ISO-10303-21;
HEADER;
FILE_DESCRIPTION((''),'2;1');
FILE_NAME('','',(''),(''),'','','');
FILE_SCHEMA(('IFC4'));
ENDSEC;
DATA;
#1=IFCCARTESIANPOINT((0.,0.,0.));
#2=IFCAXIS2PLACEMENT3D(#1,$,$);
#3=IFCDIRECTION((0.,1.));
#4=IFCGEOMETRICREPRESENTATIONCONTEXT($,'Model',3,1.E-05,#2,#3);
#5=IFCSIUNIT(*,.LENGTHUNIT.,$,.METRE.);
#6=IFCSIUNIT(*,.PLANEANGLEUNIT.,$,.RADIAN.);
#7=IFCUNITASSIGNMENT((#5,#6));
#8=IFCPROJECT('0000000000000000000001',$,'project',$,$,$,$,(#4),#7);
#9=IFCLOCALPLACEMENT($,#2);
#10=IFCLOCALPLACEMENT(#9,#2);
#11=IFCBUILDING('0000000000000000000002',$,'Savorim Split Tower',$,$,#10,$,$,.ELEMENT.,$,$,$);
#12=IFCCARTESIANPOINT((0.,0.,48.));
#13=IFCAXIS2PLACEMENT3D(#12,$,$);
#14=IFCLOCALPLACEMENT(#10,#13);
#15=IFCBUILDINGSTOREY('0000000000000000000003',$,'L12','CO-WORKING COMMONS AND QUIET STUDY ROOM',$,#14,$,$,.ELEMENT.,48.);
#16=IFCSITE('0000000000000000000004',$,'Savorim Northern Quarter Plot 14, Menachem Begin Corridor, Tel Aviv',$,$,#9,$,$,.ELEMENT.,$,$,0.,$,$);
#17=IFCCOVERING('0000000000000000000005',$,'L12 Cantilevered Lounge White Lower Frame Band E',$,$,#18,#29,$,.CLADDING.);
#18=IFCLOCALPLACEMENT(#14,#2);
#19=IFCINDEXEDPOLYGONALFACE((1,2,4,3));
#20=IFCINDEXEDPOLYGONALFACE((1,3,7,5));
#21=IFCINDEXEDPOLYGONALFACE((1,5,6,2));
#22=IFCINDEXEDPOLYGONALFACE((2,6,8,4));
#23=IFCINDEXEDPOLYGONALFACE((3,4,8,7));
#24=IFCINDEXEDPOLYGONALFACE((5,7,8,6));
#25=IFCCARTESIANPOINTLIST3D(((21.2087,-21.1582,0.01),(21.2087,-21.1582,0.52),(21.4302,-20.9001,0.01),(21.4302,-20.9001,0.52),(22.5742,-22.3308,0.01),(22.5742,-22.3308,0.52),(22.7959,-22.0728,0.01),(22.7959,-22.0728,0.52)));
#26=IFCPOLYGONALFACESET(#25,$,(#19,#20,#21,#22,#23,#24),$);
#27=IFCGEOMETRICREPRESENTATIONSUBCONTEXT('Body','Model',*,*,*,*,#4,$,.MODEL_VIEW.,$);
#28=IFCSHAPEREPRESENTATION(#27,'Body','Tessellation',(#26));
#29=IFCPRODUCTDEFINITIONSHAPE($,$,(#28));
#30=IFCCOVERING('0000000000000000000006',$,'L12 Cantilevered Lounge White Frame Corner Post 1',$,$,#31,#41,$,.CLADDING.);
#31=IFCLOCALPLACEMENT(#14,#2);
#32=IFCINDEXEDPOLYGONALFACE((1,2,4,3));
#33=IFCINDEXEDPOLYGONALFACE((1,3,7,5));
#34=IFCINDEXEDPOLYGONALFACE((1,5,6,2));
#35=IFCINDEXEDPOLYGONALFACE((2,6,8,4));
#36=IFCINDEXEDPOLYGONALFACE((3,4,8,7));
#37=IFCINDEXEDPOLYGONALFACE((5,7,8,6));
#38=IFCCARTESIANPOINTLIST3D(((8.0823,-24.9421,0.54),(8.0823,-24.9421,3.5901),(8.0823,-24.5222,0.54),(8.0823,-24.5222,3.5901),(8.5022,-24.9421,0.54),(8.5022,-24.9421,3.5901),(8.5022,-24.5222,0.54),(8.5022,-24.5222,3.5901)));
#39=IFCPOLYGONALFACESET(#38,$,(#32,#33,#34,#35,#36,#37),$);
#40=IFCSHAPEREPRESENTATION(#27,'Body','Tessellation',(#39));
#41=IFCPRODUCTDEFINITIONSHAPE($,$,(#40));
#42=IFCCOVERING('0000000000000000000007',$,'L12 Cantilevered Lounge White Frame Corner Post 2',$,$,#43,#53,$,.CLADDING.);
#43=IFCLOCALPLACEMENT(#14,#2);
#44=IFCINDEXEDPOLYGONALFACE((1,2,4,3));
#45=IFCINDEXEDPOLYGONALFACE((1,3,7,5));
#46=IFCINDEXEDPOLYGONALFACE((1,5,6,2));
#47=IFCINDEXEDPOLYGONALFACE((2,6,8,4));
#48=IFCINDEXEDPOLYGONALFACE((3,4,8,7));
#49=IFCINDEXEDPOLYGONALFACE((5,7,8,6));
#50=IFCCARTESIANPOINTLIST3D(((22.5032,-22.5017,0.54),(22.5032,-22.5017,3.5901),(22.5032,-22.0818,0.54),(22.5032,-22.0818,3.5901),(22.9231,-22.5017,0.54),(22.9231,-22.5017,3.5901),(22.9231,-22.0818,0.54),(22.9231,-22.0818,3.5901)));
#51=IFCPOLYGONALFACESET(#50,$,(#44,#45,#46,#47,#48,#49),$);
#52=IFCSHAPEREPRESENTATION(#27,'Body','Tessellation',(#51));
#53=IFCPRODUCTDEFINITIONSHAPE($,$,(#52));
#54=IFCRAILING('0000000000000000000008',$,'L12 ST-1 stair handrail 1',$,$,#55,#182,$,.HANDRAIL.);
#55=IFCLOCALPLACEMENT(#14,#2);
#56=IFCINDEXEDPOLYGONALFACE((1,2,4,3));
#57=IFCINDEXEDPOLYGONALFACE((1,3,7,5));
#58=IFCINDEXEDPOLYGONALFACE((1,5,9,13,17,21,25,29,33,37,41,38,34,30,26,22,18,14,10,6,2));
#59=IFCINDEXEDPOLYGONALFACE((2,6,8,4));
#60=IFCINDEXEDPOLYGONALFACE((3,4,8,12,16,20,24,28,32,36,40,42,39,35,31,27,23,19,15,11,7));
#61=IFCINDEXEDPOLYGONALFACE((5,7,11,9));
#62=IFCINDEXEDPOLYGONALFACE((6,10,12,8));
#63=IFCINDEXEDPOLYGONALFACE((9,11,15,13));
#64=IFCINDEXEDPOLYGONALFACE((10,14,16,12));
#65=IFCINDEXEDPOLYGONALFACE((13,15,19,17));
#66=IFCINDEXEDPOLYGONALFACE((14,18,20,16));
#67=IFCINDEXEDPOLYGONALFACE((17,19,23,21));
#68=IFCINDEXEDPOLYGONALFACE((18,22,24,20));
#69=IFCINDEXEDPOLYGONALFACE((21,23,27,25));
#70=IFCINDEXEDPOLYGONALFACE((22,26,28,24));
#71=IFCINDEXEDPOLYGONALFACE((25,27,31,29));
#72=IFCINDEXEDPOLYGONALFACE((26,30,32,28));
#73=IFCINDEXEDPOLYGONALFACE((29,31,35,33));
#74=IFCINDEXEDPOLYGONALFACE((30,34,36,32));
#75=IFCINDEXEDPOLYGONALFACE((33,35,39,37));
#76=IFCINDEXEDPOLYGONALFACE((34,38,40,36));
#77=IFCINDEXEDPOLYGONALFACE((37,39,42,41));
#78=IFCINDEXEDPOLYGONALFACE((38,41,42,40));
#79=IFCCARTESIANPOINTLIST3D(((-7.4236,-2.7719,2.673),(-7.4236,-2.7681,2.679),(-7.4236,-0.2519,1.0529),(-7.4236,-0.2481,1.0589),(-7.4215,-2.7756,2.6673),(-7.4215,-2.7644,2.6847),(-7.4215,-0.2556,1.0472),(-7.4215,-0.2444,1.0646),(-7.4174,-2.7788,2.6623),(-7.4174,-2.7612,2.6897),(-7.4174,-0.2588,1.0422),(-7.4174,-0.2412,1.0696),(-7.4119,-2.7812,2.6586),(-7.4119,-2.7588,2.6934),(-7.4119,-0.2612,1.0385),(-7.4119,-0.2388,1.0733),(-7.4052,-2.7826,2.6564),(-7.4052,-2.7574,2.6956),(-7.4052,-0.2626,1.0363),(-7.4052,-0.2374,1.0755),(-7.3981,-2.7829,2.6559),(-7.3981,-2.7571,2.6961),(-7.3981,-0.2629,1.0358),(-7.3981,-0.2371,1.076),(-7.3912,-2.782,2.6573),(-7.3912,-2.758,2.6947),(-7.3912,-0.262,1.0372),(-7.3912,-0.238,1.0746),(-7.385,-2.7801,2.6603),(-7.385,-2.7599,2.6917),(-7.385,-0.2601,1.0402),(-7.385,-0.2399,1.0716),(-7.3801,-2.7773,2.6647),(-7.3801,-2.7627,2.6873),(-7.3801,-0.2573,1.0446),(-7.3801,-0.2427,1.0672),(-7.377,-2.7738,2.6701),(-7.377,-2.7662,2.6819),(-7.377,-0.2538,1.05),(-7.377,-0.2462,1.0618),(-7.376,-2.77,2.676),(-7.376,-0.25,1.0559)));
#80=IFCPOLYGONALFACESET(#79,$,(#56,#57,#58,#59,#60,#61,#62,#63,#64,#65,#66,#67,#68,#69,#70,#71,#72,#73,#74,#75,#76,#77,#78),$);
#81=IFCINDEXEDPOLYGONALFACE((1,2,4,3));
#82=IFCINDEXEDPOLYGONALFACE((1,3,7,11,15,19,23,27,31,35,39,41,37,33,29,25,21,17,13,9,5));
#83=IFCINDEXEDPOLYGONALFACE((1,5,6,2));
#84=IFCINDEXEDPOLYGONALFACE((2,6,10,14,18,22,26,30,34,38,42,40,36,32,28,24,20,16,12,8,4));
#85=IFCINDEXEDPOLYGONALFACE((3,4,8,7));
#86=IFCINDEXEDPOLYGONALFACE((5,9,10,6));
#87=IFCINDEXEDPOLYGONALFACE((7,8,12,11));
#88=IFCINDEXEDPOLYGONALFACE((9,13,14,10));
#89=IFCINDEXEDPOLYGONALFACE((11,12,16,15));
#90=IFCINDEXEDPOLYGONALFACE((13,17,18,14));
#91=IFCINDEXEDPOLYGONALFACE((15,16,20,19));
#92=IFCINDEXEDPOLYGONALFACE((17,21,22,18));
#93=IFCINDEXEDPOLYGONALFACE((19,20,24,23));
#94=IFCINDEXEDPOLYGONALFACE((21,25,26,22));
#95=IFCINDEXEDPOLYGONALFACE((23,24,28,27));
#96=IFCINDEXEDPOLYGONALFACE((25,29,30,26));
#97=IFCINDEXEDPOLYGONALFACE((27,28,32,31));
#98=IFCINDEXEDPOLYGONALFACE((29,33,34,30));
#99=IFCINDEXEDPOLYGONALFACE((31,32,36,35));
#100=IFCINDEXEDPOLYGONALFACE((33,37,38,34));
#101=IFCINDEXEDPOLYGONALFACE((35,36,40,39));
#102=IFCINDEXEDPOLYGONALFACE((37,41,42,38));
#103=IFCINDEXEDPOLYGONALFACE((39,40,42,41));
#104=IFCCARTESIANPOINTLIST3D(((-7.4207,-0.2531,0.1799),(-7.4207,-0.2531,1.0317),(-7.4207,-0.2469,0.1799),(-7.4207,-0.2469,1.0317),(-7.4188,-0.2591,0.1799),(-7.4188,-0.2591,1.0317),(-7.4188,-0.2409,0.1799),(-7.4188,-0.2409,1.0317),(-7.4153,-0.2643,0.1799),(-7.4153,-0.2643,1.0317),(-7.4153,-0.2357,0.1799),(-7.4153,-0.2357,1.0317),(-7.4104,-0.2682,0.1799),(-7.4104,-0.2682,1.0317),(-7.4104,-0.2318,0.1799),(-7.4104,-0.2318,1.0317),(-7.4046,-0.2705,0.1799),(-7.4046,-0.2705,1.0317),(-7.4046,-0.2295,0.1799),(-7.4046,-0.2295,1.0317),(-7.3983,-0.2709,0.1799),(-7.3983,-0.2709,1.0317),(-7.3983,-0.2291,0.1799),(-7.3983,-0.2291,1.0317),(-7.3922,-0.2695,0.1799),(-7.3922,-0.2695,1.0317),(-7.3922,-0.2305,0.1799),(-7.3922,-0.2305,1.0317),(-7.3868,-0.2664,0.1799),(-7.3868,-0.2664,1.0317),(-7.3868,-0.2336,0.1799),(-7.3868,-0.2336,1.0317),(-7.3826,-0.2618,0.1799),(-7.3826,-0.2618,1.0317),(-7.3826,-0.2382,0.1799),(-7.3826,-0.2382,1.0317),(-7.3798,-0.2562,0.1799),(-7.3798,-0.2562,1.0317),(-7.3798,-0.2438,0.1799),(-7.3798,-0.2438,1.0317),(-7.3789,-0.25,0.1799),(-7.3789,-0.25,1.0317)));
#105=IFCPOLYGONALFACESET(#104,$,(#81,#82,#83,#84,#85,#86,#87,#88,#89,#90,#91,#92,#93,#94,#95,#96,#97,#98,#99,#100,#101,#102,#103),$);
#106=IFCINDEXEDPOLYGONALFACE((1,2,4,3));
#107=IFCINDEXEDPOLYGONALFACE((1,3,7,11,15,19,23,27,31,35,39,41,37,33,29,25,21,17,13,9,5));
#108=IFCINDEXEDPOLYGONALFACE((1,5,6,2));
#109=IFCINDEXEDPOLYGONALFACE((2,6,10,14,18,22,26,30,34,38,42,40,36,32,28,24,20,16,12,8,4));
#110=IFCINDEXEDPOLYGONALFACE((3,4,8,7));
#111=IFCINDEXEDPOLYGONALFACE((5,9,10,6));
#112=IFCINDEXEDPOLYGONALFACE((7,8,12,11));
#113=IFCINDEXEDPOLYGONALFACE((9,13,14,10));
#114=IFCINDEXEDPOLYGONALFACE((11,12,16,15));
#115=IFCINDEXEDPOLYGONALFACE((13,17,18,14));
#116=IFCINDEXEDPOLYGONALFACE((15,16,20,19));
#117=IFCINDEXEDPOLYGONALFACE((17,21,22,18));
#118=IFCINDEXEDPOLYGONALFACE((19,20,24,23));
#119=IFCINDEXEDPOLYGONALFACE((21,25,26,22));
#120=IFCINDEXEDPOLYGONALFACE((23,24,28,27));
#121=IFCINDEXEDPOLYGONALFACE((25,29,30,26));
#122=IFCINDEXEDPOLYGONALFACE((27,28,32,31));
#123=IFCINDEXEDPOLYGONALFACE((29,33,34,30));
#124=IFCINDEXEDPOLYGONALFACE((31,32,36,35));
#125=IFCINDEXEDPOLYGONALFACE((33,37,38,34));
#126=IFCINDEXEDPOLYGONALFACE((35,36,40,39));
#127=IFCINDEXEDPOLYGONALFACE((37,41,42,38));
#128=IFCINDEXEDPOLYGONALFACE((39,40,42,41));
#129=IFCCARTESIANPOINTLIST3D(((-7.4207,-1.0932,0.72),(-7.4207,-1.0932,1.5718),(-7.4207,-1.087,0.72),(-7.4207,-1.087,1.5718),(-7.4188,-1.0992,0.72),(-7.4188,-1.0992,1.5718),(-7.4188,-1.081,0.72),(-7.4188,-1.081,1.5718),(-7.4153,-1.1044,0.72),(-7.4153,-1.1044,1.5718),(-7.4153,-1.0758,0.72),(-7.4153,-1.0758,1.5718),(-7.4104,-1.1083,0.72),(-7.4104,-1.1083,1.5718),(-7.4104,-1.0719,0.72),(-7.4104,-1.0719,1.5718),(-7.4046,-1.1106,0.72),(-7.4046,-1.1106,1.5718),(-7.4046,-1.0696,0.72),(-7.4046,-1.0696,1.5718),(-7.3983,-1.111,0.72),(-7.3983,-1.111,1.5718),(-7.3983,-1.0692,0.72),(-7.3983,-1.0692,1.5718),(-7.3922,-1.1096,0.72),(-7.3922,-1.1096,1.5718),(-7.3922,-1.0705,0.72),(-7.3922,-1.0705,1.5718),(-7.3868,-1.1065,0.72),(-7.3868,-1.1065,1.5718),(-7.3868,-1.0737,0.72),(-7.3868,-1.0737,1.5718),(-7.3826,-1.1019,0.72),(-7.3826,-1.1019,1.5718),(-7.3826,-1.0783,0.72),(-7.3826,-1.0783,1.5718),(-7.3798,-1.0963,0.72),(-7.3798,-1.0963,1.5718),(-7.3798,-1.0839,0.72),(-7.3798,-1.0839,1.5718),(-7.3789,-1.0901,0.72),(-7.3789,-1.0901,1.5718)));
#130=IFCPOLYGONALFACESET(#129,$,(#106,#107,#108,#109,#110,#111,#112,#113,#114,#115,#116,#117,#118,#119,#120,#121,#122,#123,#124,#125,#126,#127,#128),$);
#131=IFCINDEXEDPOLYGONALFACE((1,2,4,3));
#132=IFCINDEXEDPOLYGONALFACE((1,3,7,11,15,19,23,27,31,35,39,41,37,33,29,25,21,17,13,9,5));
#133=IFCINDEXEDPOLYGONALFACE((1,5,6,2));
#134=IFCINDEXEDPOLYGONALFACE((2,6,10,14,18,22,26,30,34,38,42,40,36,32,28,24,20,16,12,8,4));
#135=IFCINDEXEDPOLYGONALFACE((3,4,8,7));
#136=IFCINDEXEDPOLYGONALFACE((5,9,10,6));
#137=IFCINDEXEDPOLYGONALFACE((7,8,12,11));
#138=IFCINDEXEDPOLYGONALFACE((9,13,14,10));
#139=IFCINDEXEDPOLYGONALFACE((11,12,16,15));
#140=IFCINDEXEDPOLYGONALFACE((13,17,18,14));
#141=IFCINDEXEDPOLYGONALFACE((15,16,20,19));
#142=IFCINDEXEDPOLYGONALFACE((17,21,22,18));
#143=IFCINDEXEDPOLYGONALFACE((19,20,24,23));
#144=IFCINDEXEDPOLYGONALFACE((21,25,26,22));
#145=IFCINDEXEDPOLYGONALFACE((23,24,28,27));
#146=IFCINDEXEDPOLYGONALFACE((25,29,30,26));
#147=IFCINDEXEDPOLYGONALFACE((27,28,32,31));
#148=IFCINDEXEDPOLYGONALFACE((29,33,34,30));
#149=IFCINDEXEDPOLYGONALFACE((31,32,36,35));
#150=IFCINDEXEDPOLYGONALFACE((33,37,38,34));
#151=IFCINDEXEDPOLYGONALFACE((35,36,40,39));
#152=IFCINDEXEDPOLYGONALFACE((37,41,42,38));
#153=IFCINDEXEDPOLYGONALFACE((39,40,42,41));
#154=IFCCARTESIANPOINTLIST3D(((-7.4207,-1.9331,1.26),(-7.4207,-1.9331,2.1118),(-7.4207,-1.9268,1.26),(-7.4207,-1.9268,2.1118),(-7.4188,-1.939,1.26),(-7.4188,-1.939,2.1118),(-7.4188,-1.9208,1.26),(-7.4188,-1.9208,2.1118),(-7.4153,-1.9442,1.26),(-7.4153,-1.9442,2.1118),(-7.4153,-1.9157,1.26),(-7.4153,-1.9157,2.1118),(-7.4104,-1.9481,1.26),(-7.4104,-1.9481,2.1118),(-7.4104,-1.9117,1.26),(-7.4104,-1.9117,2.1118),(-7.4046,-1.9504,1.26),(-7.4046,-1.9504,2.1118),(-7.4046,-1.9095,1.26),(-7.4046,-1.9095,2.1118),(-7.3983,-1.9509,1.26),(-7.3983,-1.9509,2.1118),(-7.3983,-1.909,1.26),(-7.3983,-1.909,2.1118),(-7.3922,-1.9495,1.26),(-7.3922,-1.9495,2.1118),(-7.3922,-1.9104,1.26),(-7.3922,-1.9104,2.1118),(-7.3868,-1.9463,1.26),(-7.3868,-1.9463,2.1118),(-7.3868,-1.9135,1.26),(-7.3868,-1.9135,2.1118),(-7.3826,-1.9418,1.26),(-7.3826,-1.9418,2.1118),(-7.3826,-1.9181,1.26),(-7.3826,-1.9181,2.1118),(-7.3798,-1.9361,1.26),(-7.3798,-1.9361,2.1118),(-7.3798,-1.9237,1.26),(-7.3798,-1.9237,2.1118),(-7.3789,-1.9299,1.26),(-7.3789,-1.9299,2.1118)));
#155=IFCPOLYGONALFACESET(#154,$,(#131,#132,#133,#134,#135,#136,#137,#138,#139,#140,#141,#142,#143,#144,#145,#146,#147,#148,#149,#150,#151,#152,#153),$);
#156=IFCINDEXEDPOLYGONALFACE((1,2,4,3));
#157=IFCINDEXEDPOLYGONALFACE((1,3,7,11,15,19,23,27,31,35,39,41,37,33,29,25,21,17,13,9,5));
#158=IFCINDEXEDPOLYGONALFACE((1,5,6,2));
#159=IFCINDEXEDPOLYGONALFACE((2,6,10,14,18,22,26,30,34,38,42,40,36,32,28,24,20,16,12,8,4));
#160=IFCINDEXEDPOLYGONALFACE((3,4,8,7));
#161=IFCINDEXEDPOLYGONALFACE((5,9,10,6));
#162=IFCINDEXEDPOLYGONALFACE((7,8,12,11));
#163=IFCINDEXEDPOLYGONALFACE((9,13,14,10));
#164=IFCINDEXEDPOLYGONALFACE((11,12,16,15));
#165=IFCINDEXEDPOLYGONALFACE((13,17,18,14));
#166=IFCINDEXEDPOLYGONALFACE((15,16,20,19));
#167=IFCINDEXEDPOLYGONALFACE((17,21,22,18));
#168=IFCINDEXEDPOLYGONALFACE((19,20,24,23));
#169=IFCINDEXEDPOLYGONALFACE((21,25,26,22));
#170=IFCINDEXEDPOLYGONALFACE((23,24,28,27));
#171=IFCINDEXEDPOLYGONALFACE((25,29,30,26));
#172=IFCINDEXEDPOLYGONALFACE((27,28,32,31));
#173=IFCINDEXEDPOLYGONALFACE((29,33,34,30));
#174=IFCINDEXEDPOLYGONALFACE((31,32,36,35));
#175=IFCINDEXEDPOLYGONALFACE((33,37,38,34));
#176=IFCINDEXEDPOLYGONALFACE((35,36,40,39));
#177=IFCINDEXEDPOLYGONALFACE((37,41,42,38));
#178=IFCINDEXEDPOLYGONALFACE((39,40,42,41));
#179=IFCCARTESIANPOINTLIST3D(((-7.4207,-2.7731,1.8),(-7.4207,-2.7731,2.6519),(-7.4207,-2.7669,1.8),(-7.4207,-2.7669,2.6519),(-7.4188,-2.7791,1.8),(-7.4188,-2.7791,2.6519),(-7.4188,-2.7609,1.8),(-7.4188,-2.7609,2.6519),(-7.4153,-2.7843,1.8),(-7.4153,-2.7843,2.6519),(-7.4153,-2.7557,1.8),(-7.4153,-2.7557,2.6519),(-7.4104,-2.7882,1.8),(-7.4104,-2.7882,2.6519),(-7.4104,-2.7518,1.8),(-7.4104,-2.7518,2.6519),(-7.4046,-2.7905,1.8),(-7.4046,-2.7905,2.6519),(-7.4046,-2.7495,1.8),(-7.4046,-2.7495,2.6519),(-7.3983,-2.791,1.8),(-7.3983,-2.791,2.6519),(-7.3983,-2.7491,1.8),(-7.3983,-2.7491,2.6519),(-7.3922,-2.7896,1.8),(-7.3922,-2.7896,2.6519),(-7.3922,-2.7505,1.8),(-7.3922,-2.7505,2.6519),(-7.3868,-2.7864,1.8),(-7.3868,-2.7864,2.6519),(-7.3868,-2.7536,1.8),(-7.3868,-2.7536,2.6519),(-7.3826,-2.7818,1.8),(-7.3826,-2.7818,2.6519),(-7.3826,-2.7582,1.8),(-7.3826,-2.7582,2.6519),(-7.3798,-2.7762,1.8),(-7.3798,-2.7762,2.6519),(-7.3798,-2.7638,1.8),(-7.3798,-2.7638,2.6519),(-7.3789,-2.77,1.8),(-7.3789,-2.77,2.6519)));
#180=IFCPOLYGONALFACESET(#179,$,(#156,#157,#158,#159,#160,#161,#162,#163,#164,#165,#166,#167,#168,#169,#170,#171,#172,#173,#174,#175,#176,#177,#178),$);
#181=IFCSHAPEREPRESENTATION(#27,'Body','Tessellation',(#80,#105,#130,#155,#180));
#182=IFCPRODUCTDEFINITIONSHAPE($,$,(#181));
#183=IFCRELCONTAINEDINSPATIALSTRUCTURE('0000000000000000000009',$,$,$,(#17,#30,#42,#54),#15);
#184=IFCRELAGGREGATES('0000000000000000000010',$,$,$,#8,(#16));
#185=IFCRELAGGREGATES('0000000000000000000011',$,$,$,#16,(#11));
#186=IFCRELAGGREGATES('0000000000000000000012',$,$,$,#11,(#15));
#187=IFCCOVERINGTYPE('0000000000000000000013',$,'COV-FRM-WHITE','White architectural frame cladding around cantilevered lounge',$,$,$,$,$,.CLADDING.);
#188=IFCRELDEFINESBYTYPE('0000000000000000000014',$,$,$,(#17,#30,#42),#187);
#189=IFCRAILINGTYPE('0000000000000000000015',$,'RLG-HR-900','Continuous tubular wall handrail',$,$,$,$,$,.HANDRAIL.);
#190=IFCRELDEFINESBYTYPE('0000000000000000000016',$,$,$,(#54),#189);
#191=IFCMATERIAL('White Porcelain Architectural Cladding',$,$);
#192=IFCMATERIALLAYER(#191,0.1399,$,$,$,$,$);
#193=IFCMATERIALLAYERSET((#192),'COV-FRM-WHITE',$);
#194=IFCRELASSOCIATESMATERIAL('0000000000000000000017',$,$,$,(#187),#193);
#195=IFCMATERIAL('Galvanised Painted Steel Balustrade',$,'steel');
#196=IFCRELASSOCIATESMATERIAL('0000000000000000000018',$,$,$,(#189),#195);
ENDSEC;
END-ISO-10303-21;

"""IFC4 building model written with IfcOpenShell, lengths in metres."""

from ifc_helpers import new_model, si_unit, direction, frame, origin, origin_2d, place, context, subcontext, project, spatial, polyline, circle, outline, extrude, material, layer, layer_set, type_object, element, save


model = new_model("IFC4")

# Units and contexts
model_context = context("Model", 3, precision=1e-05, world=origin(), true_north=direction((0.0, 1.0)))
body_context = subcontext(model_context, "Body", "Model", "MODEL_VIEW")
ifc_project = project(units=[si_unit("LENGTHUNIT", "METRE"), si_unit("PLANEANGLEUNIT", "RADIAN")], contexts=[model_context])

# Site, building, storey
site_placement = place(None, origin())
site = spatial("IfcSite", under=ifc_project, at=site_placement, Name="Savorim Northern Quarter Plot 14, Menachem Begin Corridor, Tel Aviv", CompositionType="ELEMENT", RefElevation=0.0)
building_placement = place(site_placement, origin())
building = spatial("IfcBuilding", under=site, at=building_placement, Name="Savorim Split Tower", CompositionType="ELEMENT")
storey_placement = place(building_placement, frame((0.0, 0.0, 48.0)))
storey = spatial("IfcBuildingStorey", under=building, at=storey_placement, Name="L12", Description="CO-WORKING COMMONS AND QUIET STUDY ROOM", CompositionType="ELEMENT", Elevation=48.0)

# Coverings
ifc_material_1 = material(Name="White Porcelain Architectural Cladding")
ifc_layer_1 = layer(ifc_material_1, 0.1399)
ifc_layer_set_1 = layer_set([ifc_layer_1], Name="COV-FRM-WHITE")
covering_type_1 = type_object("IfcCoveringType", Name="COV-FRM-WHITE", Description="White architectural frame cladding around cantilevered lounge", PredefinedType="CLADDING", material=ifc_layer_set_1)
covering_1_placement = place(storey_placement, frame((0.0, 0.0, 0.01)))
element("IfcCovering", 1, at=covering_1_placement, inside=storey, type_object=covering_type_1, Name="L12 Cantilevered Lounge White Lower Frame Band E", PredefinedType="CLADDING", context=body_context, shape_type="SweptSolid", body=[
    extrude(outline(polyline([(22.7959, -22.0728), (21.4302, -20.9001), (21.2087, -21.1582), (22.5742, -22.3308), (22.7959, -22.0728)])), origin(), (0.0, 0.0, 1.0), 0.51),
])
covering_2_placement = place(storey_placement, frame((0.0, 0.0, 0.54)))
element("IfcCovering", 2, at=covering_2_placement, inside=storey, type_object=covering_type_1, Name="L12 Cantilevered Lounge White Frame Corner Post 1", PredefinedType="CLADDING", context=body_context, shape_type="SweptSolid", body=[
    extrude(outline(polyline([(8.0823, -24.9421), (8.5022, -24.9421), (8.5022, -24.5222), (8.0823, -24.5222), (8.0823, -24.9421)])), origin(), (0.0, 0.0, 1.0), 3.05),
])
covering_3_placement = place(storey_placement, frame((0.0, 0.0, 0.54)))
element("IfcCovering", 3, at=covering_3_placement, inside=storey, type_object=covering_type_1, Name="L12 Cantilevered Lounge White Frame Corner Post 2", PredefinedType="CLADDING", context=body_context, shape_type="SweptSolid", body=[
    extrude(outline(polyline([(22.5032, -22.5017), (22.9231, -22.5017), (22.9231, -22.0818), (22.5032, -22.0818), (22.5032, -22.5017)])), origin(), (0.0, 0.0, 1.0), 3.05),
])

# Railing
ifc_material_2 = material(Name="Galvanised Painted Steel Balustrade", Category="steel")
railing_type_1 = type_object("IfcRailingType", Name="RLG-HR-900", Description="Continuous tubular wall handrail", PredefinedType="HANDRAIL", material=ifc_material_2)
railing_1_placement = place(storey_placement, frame((-7.3999, -0.25, 0.1799)))
element("IfcRailing", 4, at=railing_1_placement, inside=storey, type_object=railing_type_1, Name="L12 ST-1 stair handrail 1", PredefinedType="HANDRAIL", context=body_context, shape_type="SweptSolid", body=[
    extrude(circle(Radius=0.0239, at=origin_2d()), frame((0.0, 0.0, 0.876), z_axis=(0.0, -0.841163, 0.540782), x_axis=(1.0, 0.0, 0.0)), (0.0, 0.0, 1.0), 2.9958),
    extrude(circle(Radius=0.021, at=origin_2d()), origin(), (0.0, 0.0, 1.0), 0.8518),
    extrude(circle(Radius=0.021, at=origin_2d()), frame((0.0, -0.8401, 0.54)), (0.0, 0.0, 1.0), 0.8518),
    extrude(circle(Radius=0.021, at=origin_2d()), frame((0.0, -1.6799, 1.0801)), (0.0, 0.0, 1.0), 0.8518),
    extrude(circle(Radius=0.021, at=origin_2d()), frame((0.0, -2.52, 1.6201)), (0.0, 0.0, 1.0), 0.8518),
])

save(model, "model.ifc")
